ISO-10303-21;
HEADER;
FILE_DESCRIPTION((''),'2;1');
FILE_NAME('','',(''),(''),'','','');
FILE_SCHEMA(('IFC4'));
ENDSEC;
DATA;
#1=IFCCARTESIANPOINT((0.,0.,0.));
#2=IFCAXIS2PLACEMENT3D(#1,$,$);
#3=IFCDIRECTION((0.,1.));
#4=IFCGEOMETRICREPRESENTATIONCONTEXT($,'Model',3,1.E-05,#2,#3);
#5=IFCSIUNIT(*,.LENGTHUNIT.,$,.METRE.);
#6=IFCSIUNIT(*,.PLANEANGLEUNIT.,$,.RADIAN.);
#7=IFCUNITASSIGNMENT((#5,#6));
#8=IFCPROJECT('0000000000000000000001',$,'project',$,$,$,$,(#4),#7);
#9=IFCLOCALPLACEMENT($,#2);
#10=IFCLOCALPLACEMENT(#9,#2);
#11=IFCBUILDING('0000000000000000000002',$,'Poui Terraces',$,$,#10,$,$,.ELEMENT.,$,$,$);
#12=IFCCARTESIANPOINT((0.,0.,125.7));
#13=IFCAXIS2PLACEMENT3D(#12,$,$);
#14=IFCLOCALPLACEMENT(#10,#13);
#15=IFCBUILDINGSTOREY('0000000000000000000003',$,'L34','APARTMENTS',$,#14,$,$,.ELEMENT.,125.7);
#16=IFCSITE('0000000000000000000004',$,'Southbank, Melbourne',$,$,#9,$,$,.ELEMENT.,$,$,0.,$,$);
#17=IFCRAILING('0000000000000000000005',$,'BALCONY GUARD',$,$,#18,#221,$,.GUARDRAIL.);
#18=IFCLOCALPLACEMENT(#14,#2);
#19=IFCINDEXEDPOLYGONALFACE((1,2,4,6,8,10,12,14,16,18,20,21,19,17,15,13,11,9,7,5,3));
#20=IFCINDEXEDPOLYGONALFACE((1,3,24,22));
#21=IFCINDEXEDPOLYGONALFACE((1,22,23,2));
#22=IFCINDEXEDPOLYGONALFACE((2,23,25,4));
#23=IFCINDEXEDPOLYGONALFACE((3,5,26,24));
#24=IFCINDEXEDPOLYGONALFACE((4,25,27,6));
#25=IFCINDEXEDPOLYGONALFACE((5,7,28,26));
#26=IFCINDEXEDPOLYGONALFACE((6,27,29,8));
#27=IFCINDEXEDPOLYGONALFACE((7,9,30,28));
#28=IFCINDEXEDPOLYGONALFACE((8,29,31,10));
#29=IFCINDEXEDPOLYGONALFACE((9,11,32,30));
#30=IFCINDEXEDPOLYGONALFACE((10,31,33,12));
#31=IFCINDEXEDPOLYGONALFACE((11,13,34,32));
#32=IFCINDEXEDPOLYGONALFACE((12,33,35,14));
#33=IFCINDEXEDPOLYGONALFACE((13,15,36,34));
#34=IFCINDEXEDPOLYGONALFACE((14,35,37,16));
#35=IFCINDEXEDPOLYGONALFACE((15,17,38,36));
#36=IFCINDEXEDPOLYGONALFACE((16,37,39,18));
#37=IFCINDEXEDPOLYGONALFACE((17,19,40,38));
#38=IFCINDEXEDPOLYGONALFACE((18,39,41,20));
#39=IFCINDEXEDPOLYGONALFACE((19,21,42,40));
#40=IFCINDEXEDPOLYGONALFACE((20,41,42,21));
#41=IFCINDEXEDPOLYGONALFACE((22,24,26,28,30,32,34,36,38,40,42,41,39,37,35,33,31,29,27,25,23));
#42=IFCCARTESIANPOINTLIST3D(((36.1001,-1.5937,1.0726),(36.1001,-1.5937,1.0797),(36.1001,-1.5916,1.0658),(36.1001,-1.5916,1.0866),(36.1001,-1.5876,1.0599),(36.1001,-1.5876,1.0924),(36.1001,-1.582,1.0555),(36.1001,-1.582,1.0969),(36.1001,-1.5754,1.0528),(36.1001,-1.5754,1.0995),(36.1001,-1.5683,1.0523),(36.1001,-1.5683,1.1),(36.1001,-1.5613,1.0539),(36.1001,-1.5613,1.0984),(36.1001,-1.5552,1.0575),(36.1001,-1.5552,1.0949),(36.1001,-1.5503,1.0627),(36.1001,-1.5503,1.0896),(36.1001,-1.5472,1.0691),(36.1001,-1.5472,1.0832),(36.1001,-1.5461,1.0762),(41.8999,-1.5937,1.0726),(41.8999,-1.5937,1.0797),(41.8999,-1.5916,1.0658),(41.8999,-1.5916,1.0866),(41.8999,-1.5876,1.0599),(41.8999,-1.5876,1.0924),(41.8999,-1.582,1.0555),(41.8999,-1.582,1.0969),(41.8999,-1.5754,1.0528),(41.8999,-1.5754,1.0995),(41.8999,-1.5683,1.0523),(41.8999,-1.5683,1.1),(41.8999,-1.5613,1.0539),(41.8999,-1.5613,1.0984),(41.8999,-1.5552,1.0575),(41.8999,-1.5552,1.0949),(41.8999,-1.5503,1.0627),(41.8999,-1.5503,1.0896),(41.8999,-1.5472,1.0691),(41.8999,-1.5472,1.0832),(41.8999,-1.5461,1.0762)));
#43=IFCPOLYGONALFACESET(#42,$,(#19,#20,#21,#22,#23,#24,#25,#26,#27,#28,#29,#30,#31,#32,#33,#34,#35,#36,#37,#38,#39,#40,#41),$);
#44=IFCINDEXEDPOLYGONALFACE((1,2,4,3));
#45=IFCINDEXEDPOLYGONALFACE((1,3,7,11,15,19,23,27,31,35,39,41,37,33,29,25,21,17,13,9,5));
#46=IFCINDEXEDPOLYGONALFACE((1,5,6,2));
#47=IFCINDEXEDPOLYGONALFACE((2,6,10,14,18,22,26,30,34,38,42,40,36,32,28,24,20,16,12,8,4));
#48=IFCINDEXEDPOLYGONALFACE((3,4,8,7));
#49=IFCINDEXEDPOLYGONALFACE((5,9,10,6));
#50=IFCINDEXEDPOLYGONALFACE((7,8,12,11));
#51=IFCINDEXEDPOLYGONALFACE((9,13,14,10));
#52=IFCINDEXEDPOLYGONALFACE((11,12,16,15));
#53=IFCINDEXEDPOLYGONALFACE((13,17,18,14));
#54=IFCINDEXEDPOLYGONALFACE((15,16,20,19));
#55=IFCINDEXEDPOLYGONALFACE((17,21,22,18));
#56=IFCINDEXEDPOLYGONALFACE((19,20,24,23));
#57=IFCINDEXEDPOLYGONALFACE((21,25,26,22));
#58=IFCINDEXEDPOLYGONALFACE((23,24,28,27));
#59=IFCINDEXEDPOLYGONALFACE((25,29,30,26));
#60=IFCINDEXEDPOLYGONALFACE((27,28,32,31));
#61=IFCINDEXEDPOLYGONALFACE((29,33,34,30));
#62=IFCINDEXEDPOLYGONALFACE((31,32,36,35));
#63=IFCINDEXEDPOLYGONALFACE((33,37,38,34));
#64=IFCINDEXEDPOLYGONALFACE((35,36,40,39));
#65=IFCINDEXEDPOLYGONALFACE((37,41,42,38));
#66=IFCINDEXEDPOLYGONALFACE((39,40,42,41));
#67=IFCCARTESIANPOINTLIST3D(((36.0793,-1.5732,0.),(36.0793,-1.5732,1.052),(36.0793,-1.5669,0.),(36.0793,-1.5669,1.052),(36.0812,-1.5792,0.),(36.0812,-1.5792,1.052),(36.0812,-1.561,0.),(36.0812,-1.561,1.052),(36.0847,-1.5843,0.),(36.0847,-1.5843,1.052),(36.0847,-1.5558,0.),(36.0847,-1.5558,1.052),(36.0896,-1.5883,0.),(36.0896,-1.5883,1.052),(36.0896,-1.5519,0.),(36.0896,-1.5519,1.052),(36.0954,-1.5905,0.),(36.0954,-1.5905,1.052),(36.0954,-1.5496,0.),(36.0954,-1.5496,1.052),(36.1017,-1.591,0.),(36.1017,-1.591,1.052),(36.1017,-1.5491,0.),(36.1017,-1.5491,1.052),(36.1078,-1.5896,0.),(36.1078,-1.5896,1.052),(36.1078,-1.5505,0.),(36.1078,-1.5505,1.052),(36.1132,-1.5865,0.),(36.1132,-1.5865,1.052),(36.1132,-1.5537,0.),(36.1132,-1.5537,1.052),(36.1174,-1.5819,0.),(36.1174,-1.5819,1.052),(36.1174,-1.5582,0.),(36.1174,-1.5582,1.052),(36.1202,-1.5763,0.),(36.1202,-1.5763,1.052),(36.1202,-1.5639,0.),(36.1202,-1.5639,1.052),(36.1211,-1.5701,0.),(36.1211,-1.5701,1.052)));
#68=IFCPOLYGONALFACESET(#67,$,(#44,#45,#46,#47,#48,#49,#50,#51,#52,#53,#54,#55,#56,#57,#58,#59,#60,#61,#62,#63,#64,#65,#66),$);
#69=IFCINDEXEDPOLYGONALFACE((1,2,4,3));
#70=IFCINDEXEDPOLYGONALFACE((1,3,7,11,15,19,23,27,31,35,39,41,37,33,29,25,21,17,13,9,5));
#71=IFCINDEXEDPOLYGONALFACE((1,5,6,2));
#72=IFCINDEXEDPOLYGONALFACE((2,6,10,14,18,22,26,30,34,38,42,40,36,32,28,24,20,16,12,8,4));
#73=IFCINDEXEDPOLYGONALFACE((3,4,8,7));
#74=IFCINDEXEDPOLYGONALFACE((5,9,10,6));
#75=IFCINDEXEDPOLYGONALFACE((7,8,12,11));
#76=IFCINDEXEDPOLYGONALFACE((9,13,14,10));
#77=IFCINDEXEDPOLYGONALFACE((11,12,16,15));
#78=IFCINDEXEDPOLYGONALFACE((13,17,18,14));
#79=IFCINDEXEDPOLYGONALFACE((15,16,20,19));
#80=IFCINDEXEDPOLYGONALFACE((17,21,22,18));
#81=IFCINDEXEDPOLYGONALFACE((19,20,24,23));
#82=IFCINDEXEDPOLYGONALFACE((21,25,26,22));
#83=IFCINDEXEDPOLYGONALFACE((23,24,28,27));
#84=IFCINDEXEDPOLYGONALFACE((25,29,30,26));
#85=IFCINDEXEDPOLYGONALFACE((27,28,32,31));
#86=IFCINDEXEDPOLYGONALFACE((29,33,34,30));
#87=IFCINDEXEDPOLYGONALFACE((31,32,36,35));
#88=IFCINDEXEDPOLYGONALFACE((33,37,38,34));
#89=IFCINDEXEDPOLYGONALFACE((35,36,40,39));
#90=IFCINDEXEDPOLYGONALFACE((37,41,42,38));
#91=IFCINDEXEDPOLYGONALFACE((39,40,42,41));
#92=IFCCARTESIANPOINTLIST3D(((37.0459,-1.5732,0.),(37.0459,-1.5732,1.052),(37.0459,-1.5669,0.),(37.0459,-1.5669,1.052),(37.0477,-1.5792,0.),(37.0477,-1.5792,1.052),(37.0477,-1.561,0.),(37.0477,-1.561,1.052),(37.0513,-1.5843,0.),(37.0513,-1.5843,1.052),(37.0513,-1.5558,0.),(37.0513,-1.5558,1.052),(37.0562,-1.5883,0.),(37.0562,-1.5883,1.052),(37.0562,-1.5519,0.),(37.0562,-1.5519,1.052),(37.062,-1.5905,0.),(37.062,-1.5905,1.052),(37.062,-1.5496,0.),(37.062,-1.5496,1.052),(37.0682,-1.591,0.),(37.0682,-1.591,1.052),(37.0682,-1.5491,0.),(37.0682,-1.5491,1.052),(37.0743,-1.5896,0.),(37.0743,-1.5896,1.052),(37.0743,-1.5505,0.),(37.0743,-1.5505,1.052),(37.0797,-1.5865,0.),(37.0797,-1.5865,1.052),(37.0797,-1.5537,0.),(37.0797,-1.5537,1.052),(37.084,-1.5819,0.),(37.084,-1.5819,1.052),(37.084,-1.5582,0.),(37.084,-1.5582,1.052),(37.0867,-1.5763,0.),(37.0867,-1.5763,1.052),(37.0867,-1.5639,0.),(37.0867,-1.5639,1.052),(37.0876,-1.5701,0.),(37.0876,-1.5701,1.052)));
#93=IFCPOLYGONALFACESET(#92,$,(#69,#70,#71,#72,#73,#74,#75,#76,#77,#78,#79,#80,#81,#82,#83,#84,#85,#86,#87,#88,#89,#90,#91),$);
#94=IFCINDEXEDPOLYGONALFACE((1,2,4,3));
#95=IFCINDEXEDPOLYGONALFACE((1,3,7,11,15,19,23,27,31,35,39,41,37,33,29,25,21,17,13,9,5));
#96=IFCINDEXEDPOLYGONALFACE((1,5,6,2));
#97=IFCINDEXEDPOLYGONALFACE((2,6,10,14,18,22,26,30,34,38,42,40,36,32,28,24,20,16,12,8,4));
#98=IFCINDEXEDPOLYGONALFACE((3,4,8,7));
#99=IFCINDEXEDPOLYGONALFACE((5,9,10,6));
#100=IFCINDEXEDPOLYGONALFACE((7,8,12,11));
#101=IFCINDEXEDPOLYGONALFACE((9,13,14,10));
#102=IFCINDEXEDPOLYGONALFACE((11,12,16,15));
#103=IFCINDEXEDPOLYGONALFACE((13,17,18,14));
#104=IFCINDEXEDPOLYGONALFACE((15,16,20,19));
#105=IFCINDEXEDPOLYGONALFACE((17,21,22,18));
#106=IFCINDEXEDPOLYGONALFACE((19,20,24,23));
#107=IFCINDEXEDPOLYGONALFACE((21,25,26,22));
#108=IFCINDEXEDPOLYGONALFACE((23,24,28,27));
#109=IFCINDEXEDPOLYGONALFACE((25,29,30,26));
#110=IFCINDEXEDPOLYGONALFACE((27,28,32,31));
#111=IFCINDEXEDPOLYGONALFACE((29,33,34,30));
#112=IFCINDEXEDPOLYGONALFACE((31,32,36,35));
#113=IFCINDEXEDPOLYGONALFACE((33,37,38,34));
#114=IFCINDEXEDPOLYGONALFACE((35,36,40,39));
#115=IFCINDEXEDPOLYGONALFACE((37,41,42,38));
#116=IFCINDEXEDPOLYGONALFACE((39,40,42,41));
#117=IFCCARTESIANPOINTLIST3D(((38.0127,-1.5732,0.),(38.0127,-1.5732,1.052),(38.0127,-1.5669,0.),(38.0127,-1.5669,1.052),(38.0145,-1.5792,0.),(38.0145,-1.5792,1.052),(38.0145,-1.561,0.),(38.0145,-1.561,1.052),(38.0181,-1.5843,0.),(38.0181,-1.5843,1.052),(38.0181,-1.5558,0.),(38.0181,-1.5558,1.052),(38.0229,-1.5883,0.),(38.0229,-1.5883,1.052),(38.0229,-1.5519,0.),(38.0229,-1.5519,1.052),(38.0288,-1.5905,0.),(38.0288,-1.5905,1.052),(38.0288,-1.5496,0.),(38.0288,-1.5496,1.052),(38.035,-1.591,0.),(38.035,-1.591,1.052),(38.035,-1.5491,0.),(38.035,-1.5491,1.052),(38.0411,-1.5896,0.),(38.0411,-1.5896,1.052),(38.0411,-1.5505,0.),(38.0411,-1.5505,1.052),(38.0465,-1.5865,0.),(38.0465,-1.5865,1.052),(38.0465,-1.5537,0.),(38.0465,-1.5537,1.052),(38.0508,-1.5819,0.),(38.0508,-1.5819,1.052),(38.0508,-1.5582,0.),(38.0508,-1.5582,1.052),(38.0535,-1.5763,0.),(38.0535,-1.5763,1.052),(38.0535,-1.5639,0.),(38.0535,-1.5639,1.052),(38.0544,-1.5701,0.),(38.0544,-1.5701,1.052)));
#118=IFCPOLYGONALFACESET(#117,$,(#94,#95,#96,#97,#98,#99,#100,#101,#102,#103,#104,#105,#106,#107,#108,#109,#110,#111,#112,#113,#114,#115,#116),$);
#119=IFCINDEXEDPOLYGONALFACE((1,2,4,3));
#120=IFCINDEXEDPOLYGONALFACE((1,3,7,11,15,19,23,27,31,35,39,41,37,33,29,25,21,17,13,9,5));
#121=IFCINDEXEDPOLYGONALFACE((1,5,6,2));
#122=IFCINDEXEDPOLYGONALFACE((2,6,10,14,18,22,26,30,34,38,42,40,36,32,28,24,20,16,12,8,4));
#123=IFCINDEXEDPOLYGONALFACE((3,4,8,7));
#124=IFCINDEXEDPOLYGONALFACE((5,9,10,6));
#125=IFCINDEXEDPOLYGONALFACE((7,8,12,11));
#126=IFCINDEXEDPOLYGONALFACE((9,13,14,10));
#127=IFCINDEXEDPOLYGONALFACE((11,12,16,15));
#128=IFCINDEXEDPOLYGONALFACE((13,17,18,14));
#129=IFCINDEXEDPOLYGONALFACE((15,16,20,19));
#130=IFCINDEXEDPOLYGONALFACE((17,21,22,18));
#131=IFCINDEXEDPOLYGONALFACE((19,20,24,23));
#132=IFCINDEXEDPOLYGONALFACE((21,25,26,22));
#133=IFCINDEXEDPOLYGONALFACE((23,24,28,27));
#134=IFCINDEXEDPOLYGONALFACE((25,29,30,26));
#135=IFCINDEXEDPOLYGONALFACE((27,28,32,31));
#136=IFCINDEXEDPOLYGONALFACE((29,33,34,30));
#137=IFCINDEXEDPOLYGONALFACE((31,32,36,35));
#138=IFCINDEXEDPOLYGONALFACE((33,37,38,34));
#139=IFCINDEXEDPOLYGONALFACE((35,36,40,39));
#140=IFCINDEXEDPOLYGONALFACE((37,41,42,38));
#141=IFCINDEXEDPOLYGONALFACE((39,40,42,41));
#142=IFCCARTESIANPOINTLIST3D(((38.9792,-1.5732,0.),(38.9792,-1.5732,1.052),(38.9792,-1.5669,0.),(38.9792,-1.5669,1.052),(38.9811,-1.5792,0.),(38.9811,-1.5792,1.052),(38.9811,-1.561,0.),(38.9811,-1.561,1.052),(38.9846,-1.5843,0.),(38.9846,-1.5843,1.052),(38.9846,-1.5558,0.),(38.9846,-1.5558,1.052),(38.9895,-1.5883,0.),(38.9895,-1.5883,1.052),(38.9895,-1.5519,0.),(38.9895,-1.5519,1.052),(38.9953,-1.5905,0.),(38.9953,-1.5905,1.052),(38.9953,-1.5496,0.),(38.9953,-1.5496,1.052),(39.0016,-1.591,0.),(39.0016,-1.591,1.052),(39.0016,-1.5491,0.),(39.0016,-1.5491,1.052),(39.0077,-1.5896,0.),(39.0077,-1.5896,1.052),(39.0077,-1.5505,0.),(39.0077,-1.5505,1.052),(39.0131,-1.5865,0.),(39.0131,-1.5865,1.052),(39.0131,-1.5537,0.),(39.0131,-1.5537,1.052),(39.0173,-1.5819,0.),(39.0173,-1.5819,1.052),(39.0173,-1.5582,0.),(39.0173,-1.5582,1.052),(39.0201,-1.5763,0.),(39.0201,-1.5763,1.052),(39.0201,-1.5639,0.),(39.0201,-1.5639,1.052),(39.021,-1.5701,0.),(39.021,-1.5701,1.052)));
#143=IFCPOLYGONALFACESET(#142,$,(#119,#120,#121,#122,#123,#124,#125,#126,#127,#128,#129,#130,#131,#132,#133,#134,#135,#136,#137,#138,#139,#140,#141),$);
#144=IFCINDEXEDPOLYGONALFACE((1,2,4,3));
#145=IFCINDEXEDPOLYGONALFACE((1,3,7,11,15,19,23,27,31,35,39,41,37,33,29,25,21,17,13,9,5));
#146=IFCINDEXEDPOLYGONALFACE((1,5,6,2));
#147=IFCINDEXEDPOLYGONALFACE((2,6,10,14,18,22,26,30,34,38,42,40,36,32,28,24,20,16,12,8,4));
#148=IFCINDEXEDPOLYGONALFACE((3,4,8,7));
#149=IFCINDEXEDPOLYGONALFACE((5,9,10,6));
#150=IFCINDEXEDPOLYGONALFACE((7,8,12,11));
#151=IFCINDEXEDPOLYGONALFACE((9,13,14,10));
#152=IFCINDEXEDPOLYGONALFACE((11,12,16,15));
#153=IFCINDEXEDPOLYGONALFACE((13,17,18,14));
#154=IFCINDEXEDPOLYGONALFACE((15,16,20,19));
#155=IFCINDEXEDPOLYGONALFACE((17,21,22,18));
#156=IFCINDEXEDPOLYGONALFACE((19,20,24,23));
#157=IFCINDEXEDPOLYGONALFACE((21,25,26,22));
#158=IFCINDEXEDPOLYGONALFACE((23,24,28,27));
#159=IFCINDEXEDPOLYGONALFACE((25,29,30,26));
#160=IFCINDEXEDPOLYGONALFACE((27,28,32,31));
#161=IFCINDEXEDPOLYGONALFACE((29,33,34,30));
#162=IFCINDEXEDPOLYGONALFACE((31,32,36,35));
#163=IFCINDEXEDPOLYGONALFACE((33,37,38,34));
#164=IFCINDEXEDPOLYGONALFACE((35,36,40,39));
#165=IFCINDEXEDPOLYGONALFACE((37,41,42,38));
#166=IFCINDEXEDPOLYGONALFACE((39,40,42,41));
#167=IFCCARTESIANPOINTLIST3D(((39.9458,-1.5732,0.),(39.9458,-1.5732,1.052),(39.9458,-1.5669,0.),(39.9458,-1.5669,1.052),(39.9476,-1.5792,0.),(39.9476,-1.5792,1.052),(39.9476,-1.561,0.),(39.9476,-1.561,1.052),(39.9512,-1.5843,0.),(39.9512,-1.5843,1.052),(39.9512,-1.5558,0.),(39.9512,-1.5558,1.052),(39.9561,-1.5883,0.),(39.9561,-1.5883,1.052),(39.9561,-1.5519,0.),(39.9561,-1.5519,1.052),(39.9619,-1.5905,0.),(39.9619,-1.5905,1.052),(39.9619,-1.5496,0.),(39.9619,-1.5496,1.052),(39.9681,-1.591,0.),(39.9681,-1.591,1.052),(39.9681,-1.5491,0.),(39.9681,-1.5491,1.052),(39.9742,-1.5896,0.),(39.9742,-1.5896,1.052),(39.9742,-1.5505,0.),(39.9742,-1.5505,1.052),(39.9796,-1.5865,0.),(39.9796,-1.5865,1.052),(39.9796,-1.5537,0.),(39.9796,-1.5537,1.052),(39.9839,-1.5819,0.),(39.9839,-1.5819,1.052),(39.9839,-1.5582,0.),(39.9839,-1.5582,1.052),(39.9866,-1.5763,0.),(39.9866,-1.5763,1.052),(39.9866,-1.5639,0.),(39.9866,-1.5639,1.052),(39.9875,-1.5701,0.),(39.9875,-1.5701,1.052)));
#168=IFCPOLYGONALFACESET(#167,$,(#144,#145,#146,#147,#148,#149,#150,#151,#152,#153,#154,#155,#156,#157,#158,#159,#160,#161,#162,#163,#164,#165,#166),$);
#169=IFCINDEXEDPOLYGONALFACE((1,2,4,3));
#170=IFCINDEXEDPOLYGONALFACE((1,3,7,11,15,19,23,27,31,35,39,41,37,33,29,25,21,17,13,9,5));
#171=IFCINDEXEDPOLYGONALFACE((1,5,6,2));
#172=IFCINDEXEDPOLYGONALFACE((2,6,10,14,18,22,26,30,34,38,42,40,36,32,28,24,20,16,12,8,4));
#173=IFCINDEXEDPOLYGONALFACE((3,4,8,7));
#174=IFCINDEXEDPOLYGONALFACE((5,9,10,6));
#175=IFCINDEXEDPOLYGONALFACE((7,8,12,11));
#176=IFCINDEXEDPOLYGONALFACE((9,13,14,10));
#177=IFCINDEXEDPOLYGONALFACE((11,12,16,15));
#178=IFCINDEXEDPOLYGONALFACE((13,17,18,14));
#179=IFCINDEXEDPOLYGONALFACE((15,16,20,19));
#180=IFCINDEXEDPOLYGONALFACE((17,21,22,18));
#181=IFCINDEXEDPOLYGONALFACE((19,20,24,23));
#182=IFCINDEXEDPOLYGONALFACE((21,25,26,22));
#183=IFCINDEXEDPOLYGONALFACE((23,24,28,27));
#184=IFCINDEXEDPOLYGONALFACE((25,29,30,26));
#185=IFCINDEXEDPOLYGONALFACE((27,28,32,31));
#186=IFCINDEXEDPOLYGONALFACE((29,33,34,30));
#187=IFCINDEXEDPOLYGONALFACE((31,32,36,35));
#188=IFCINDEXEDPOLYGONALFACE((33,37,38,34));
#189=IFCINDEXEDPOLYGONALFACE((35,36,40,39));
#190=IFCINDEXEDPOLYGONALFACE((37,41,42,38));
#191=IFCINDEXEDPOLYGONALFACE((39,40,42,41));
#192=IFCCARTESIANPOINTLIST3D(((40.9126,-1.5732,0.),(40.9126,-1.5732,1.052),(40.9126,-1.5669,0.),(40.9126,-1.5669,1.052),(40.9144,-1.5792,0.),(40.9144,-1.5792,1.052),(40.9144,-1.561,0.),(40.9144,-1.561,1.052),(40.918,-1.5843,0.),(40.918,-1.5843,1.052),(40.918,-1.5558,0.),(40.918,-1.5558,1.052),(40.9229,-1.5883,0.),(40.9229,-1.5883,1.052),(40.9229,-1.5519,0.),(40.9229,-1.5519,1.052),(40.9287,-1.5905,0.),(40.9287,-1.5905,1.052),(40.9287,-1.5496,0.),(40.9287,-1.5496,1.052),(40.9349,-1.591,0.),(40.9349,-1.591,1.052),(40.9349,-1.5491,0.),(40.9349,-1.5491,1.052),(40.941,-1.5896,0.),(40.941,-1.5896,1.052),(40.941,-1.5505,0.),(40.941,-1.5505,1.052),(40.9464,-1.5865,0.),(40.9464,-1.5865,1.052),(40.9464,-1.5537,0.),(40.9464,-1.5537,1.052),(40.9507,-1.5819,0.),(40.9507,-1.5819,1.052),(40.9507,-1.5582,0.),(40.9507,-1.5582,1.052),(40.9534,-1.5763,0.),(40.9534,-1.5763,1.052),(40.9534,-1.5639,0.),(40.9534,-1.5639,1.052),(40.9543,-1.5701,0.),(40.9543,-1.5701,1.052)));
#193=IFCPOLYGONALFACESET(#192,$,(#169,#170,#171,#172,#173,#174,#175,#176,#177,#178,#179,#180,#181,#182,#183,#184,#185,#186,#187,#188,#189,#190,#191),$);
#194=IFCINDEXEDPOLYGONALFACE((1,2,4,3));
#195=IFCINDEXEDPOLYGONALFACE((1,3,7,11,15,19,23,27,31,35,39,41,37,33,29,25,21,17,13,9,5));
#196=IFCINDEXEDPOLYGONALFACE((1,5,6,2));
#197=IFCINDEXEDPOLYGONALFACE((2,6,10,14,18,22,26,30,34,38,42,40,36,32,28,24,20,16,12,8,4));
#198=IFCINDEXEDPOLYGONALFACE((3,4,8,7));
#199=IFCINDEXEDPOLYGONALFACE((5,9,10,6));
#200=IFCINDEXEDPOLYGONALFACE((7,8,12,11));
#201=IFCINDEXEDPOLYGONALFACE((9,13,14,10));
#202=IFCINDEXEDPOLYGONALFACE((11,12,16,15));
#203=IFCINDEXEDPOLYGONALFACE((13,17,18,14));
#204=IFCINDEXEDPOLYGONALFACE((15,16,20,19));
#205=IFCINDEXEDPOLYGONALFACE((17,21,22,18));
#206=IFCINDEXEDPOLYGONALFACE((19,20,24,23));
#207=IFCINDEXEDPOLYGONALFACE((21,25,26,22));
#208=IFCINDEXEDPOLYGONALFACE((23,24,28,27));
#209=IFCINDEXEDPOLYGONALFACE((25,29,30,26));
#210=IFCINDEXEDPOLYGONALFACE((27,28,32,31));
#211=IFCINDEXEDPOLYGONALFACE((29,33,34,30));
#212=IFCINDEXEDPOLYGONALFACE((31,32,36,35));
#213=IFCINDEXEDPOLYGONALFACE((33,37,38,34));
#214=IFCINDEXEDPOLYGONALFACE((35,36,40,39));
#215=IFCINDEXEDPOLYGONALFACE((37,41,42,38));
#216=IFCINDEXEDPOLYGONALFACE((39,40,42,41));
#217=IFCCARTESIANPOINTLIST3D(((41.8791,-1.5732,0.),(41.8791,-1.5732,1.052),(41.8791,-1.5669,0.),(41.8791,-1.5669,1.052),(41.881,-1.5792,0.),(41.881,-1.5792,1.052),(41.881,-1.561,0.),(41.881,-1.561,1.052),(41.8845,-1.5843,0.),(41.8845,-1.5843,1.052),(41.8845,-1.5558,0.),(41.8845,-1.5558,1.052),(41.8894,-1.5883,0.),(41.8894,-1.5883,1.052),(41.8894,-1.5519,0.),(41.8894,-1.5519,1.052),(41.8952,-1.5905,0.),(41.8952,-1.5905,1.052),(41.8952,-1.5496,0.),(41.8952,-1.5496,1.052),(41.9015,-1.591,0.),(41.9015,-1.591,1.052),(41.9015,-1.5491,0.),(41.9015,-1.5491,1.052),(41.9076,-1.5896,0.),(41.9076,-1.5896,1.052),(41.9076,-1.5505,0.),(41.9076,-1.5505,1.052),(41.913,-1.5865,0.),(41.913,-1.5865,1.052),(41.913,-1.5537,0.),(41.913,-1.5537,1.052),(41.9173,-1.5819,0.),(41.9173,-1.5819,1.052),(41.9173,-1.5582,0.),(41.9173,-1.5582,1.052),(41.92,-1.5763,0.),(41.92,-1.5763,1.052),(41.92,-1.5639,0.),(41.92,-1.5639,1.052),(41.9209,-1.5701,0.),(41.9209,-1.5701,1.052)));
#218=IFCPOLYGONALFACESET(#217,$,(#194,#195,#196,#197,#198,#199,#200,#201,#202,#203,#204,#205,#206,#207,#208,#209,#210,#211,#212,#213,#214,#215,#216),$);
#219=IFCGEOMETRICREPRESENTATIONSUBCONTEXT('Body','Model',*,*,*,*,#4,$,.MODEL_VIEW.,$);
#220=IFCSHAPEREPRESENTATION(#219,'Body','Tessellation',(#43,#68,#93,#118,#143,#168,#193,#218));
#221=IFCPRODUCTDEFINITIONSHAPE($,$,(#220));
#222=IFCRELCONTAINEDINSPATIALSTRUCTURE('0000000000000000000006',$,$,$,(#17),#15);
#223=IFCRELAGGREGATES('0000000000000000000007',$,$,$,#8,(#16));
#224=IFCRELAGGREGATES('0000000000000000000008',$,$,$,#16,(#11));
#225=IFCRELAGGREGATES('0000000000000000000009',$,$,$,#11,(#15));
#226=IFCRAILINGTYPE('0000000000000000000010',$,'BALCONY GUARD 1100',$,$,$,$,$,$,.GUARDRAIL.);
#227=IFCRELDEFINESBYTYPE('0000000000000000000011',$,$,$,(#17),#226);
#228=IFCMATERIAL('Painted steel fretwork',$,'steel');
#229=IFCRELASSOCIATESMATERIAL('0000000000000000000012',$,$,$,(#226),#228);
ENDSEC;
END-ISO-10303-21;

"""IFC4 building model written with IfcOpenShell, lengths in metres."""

from ifc_helpers import new_model, si_unit, direction, frame, origin, origin_2d, place, context, subcontext, project, spatial, circle, extrude, material, type_object, element, save


model = new_model("IFC4")

# Units and contexts
model_context = context("Model", 3, precision=1e-05, world=origin(), true_north=direction((0.0, 1.0)))
body_context = subcontext(model_context, "Body", "Model", "MODEL_VIEW")
ifc_project = project(units=[si_unit("LENGTHUNIT", "METRE"), si_unit("PLANEANGLEUNIT", "RADIAN")], contexts=[model_context])

# Site, building, storey
site_placement = place(None, origin())
site = spatial("IfcSite", under=ifc_project, at=site_placement, Name="Southbank, Melbourne", CompositionType="ELEMENT", RefElevation=0.0)
building_placement = place(site_placement, origin())
building = spatial("IfcBuilding", under=site, at=building_placement, Name="Poui Terraces", CompositionType="ELEMENT")
storey_placement = place(building_placement, frame((0.0, 0.0, 125.7)))
storey = spatial("IfcBuildingStorey", under=building, at=storey_placement, Name="L34", Description="APARTMENTS", CompositionType="ELEMENT", Elevation=125.7)

# Railing
ifc_material_1 = material(Name="Painted steel fretwork", Category="steel")
railing_type = type_object("IfcRailingType", Name="BALCONY GUARD 1100", PredefinedType="GUARDRAIL", material=ifc_material_1)
railing_placement = place(storey_placement, frame((36.1001, -1.5701, 0.0)))
element("IfcRailing", 1, at=railing_placement, inside=storey, type_object=railing_type, Name="BALCONY GUARD", PredefinedType="GUARDRAIL", context=body_context, shape_type="SweptSolid", body=[
    extrude(circle(Radius=0.0239, at=origin_2d()), frame((0.0, 0.0, 1.0762), z_axis=(1.0, 0.0, 0.0), x_axis=(0.0, 1.0, 0.0)), (0.0, 0.0, 1.0), 5.7998),
    extrude(circle(Radius=0.021, at=origin_2d()), origin(), (0.0, 0.0, 1.0), 1.052),
    extrude(circle(Radius=0.021, at=origin_2d()), frame((0.9666, 0.0, 0.0)), (0.0, 0.0, 1.0), 1.052),
    extrude(circle(Radius=0.021, at=origin_2d()), frame((1.9333, 0.0, 0.0)), (0.0, 0.0, 1.0), 1.052),
    extrude(circle(Radius=0.021, at=origin_2d()), frame((2.8999, 0.0, 0.0)), (0.0, 0.0, 1.0), 1.052),
    extrude(circle(Radius=0.021, at=origin_2d()), frame((3.8665, 0.0, 0.0)), (0.0, 0.0, 1.0), 1.052),
    extrude(circle(Radius=0.021, at=origin_2d()), frame((4.8333, 0.0, 0.0)), (0.0, 0.0, 1.0), 1.052),
    extrude(circle(Radius=0.021, at=origin_2d()), frame((5.7998, 0.0, 0.0)), (0.0, 0.0, 1.0), 1.052),
])

save(model, "model.ifc")
